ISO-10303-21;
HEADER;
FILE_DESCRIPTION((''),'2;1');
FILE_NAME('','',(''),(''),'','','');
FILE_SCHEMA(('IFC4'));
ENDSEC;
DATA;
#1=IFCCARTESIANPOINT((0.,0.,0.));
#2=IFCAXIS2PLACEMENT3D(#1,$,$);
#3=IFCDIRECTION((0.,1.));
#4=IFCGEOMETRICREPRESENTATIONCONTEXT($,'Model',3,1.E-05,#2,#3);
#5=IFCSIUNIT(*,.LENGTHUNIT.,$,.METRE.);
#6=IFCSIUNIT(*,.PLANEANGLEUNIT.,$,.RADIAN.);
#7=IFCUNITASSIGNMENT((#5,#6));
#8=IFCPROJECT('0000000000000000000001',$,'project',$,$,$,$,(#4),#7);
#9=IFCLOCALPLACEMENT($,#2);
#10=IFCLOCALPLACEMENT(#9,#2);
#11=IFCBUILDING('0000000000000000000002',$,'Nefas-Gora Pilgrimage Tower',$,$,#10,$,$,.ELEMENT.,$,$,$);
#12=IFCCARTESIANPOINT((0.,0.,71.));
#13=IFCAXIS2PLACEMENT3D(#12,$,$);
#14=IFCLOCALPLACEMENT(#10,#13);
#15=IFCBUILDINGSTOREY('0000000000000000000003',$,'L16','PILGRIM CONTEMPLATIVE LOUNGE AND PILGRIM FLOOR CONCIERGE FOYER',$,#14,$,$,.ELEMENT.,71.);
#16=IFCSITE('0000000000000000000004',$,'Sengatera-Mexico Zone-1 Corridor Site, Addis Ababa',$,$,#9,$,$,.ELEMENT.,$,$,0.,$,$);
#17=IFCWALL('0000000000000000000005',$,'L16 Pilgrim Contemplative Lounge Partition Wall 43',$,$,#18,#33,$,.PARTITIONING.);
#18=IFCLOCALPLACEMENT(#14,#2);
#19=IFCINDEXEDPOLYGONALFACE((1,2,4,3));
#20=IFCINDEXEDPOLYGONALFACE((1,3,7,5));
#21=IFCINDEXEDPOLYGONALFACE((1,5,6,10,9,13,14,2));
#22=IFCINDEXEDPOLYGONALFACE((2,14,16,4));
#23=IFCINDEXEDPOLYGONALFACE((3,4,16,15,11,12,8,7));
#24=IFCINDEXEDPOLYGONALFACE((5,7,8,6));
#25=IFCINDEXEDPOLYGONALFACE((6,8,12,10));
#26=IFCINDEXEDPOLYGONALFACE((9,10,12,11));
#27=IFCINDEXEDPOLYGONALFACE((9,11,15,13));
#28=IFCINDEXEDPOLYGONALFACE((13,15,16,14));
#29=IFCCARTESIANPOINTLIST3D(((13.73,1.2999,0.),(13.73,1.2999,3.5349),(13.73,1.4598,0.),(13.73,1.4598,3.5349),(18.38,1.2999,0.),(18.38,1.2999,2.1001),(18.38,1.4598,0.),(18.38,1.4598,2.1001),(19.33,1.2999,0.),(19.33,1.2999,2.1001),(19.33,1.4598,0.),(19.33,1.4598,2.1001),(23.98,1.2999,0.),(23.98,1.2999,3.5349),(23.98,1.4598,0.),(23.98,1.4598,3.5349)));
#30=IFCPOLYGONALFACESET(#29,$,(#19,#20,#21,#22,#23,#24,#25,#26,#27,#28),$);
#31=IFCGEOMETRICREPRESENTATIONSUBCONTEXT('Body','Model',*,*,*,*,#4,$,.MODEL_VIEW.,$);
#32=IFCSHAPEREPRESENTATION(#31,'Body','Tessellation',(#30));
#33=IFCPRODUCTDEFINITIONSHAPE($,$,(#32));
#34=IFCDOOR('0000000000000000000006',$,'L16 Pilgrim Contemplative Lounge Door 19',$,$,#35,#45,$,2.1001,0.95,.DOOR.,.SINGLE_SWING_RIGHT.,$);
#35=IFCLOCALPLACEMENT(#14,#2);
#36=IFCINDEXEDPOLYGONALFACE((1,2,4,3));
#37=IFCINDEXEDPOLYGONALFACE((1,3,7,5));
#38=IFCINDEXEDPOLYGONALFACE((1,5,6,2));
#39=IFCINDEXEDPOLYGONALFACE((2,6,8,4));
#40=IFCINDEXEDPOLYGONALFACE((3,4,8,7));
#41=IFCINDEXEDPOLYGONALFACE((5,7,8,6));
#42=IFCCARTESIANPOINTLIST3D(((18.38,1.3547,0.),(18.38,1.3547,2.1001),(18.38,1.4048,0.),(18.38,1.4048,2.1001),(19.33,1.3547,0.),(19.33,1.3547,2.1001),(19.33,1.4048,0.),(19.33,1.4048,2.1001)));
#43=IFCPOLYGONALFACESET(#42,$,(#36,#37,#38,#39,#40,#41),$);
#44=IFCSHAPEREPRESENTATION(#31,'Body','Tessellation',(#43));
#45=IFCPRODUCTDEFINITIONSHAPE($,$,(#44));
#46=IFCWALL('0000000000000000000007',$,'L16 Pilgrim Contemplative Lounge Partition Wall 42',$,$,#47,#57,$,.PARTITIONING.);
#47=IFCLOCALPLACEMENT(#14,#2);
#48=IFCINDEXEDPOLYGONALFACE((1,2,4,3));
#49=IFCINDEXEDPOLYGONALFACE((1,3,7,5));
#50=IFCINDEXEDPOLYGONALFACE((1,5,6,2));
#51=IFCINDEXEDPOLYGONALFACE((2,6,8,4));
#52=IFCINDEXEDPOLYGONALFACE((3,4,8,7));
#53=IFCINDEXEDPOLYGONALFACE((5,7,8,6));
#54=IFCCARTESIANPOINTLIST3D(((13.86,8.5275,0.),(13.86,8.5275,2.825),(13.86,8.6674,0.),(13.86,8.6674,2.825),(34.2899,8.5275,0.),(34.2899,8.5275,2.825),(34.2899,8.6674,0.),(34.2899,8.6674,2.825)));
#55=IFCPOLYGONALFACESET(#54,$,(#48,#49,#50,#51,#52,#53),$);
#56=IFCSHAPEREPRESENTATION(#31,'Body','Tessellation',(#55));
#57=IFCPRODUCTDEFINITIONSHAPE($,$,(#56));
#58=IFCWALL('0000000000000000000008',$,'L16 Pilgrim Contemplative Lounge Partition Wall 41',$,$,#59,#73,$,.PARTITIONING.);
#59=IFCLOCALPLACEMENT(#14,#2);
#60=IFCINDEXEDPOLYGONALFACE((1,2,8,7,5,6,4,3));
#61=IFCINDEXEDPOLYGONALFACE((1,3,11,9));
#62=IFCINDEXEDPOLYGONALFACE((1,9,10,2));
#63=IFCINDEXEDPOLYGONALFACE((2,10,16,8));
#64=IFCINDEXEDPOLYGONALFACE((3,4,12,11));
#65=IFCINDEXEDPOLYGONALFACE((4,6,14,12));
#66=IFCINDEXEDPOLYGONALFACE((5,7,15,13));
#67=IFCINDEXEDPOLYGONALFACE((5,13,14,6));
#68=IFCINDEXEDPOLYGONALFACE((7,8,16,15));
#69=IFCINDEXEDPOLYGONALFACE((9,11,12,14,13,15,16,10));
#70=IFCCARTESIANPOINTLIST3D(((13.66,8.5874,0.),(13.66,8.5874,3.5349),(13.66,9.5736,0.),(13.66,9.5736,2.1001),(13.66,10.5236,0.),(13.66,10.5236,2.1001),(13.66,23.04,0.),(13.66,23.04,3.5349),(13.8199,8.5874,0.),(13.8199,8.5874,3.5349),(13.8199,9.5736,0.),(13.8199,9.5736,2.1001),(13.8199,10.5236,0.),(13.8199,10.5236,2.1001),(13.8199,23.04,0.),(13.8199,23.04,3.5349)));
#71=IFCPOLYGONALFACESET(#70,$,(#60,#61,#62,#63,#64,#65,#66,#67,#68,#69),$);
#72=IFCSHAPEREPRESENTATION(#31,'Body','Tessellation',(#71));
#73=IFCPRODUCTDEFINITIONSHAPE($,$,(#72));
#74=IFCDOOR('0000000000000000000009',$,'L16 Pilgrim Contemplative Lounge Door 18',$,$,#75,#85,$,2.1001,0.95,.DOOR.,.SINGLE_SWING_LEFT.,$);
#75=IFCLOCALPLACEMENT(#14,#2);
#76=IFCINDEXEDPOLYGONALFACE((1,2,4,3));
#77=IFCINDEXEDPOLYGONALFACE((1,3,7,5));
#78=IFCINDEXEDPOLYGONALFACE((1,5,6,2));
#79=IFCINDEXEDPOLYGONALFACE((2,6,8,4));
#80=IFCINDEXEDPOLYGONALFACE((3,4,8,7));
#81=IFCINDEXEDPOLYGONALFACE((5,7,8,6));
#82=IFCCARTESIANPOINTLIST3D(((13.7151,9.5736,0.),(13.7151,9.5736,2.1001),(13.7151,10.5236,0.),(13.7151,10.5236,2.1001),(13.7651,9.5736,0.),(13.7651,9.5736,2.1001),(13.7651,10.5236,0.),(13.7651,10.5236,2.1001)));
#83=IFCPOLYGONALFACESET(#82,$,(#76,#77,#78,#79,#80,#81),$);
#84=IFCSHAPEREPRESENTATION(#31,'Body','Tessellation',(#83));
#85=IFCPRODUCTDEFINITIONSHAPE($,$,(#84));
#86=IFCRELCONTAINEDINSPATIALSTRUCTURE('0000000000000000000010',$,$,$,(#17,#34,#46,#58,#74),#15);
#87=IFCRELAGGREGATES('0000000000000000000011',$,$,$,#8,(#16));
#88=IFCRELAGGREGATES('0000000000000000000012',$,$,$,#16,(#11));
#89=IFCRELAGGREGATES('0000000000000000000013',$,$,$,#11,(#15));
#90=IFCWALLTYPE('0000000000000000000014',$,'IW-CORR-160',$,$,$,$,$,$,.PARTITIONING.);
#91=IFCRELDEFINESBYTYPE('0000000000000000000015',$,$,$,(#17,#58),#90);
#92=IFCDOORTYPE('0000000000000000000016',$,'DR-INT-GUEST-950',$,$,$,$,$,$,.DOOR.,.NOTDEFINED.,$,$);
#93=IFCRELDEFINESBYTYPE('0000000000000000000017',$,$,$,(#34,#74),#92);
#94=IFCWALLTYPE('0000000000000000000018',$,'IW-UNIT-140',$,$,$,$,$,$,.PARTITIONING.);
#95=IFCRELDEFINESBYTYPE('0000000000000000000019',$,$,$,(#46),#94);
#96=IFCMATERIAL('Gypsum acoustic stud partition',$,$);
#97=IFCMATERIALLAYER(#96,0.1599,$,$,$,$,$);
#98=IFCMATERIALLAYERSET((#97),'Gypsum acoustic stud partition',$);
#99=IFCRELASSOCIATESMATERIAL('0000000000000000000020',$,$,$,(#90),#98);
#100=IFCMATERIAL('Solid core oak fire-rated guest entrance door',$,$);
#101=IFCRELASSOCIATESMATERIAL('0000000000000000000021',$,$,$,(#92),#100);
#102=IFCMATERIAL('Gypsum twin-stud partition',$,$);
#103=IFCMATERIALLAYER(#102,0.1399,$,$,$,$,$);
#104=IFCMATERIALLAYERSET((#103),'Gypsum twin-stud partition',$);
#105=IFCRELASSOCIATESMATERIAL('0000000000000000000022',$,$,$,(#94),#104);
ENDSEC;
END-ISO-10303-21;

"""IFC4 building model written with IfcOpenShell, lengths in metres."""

from ifc_helpers import new_model, si_unit, direction, frame, frame_2d, origin, place, context, subcontext, project, spatial, rectangle, extrude, source, transform, mapped, material, layer, layer_set, type_object, element, fill, save


model = new_model("IFC4")

# Units and contexts
model_context = context("Model", 3, precision=1e-05, world=origin(), true_north=direction((0.0, 1.0)))
body_context = subcontext(model_context, "Body", "Model", "MODEL_VIEW")
ifc_project = project(units=[si_unit("LENGTHUNIT", "METRE"), si_unit("PLANEANGLEUNIT", "RADIAN")], contexts=[model_context])

# Site, building, storey
site_placement = place(None, origin())
site = spatial("IfcSite", under=ifc_project, at=site_placement, Name="Sengatera-Mexico Zone-1 Corridor Site, Addis Ababa", CompositionType="ELEMENT", RefElevation=0.0)
building_placement = place(site_placement, origin())
building = spatial("IfcBuilding", under=site, at=building_placement, Name="Nefas-Gora Pilgrimage Tower", CompositionType="ELEMENT")
storey_placement = place(building_placement, frame((0.0, 0.0, 71.0)))
storey = spatial("IfcBuildingStorey", under=building, at=storey_placement, Name="L16", Description="PILGRIM CONTEMPLATIVE LOUNGE AND PILGRIM FLOOR CONCIERGE FOYER", CompositionType="ELEMENT", Elevation=71.0)

# Wall, opening, door
ifc_material_1 = material(Name="Gypsum acoustic stud partition")
ifc_layer_1 = layer(ifc_material_1, 0.1599)
ifc_layer_set_1 = layer_set([ifc_layer_1], Name="Gypsum acoustic stud partition")
wall_type_1 = type_object("IfcWallType", Name="IW-CORR-160", PredefinedType="PARTITIONING", material=ifc_layer_set_1)
shared_shape_1 = source(origin(), body_context, "Body", "SweptSolid", [
    extrude(rectangle(XDim=10.25, YDim=0.1599, at=frame_2d((5.125, 0.0))), origin(), (0.0, 0.0, 1.0), 3.5349),
])
wall_1_placement = place(storey_placement, frame((13.73, 1.3799, 0.0), z_axis=(0.0, 0.0, 1.0), x_axis=(1.0, 0.0, 0.0)))
wall_1 = element("IfcWall", 1, at=wall_1_placement, inside=storey, type_object=wall_type_1, Name="L16 Pilgrim Contemplative Lounge Partition Wall 43", PredefinedType="PARTITIONING", context=body_context, shape_type="MappedRepresentation", body=[
    mapped(shared_shape_1, transform((0.0, 0.0, 0.0), x_axis=(1.0, 0.0, 0.0), y_axis=(0.0, 1.0, 0.0), z_axis=(0.0, 0.0, 1.0), scale=1.0)),
])
opening_1_placement = place(wall_1_placement, frame((4.6499, 0.0, 0.0)))
opening_1 = element("IfcOpeningElement", 2, at=opening_1_placement, cuts=wall_1, PredefinedType="OPENING", context=body_context, shape_type="SweptSolid", body=[
    extrude(rectangle(XDim=0.95, YDim=2.1001, at=frame_2d((0.4751, 1.05))), frame((0.0, 0.0898, 0.0), z_axis=(0.0, -1.0, 0.0), x_axis=(1.0, 0.0, 0.0)), (0.0, 0.0, 1.0), 0.1799),
])
ifc_material_2 = material(Name="Solid core oak fire-rated guest entrance door")
door_type_1 = type_object("IfcDoorType", Name="DR-INT-GUEST-950", OperationType="NOTDEFINED", PredefinedType="DOOR", material=ifc_material_2)
shared_shape_2 = source(origin(), body_context, "Body", "SweptSolid", [
    extrude(rectangle(XDim=0.95, YDim=2.1001, at=frame_2d((0.4751, 1.05))), frame((0.0, 0.0249, 0.0), z_axis=(0.0, -1.0, 0.0), x_axis=(1.0, 0.0, 0.0)), (0.0, 0.0, 1.0), 0.05),
])
door_1_placement = place(opening_1_placement, origin())
door_1 = element("IfcDoor", 3, at=door_1_placement, inside=storey, type_object=door_type_1, Name="L16 Pilgrim Contemplative Lounge Door 19", OperationType="SINGLE_SWING_RIGHT", OverallHeight=2.1001, OverallWidth=0.95, PredefinedType="DOOR", context=body_context, shape_type="MappedRepresentation", body=[
    mapped(shared_shape_2, transform((0.0, 0.0, 0.0), x_axis=(1.0, 0.0, 0.0), y_axis=(0.0, 1.0, 0.0), z_axis=(0.0, 0.0, 1.0), scale=1.0)),
])
fill(opening_1, door_1)

# Wall
ifc_material_3 = material(Name="Gypsum twin-stud partition")
ifc_layer_2 = layer(ifc_material_3, 0.1399)
ifc_layer_set_2 = layer_set([ifc_layer_2], Name="Gypsum twin-stud partition")
wall_type_2 = type_object("IfcWallType", Name="IW-UNIT-140", PredefinedType="PARTITIONING", material=ifc_layer_set_2)
shared_shape_3 = source(origin(), body_context, "Body", "SweptSolid", [
    extrude(rectangle(XDim=20.4299, YDim=0.1399, at=frame_2d((10.2148, 0.0))), origin(), (0.0, 0.0, 1.0), 2.825),
])
wall_2_placement = place(storey_placement, frame((13.8601, 8.5974, 0.0), z_axis=(0.0, 0.0, 1.0), x_axis=(1.0, 0.0, 0.0)))
element("IfcWall", 4, at=wall_2_placement, inside=storey, type_object=wall_type_2, Name="L16 Pilgrim Contemplative Lounge Partition Wall 42", PredefinedType="PARTITIONING", context=body_context, shape_type="MappedRepresentation", body=[
    mapped(shared_shape_3, transform((0.0, 0.0, 0.0), x_axis=(1.0, 0.0, 0.0), y_axis=(0.0, 1.0, 0.0), z_axis=(0.0, 0.0, 1.0), scale=1.0)),
])

# Wall, opening, door
shared_shape_4 = source(origin(), body_context, "Body", "SweptSolid", [
    extrude(rectangle(XDim=14.4526, YDim=0.1599, at=frame_2d((7.2263, 0.0))), origin(), (0.0, 0.0, 1.0), 3.5349),
])
wall_3_placement = place(storey_placement, frame((13.74, 8.5874, 0.0), z_axis=(0.0, 0.0, 1.0), x_axis=(0.0, 1.0, 0.0)))
wall_3 = element("IfcWall", 5, at=wall_3_placement, inside=storey, type_object=wall_type_1, Name="L16 Pilgrim Contemplative Lounge Partition Wall 41", PredefinedType="PARTITIONING", context=body_context, shape_type="MappedRepresentation", body=[
    mapped(shared_shape_4, transform((0.0, 0.0, 0.0), x_axis=(1.0, 0.0, 0.0), y_axis=(0.0, 1.0, 0.0), z_axis=(0.0, 0.0, 1.0), scale=1.0)),
])
opening_2_placement = place(wall_3_placement, frame((0.9861, 0.0, 0.0)))
opening_2 = element("IfcOpeningElement", 6, at=opening_2_placement, cuts=wall_3, PredefinedType="OPENING", context=body_context, shape_type="SweptSolid", body=[
    extrude(rectangle(XDim=0.95, YDim=2.1001, at=frame_2d((0.4751, 1.05))), frame((0.0, 0.0898, 0.0), z_axis=(0.0, -1.0, 0.0), x_axis=(1.0, 0.0, 0.0)), (0.0, 0.0, 1.0), 0.1799),
])
door_2_placement = place(opening_2_placement, origin())
door_2 = element("IfcDoor", 7, at=door_2_placement, inside=storey, type_object=door_type_1, Name="L16 Pilgrim Contemplative Lounge Door 18", OperationType="SINGLE_SWING_LEFT", OverallHeight=2.1001, OverallWidth=0.95, PredefinedType="DOOR", context=body_context, shape_type="MappedRepresentation", body=[
    mapped(shared_shape_2, transform((0.0, 0.0, 0.0), x_axis=(1.0, 0.0, 0.0), y_axis=(0.0, 1.0, 0.0), z_axis=(0.0, 0.0, 1.0), scale=1.0)),
])
fill(opening_2, door_2)

save(model, "model.ifc")
